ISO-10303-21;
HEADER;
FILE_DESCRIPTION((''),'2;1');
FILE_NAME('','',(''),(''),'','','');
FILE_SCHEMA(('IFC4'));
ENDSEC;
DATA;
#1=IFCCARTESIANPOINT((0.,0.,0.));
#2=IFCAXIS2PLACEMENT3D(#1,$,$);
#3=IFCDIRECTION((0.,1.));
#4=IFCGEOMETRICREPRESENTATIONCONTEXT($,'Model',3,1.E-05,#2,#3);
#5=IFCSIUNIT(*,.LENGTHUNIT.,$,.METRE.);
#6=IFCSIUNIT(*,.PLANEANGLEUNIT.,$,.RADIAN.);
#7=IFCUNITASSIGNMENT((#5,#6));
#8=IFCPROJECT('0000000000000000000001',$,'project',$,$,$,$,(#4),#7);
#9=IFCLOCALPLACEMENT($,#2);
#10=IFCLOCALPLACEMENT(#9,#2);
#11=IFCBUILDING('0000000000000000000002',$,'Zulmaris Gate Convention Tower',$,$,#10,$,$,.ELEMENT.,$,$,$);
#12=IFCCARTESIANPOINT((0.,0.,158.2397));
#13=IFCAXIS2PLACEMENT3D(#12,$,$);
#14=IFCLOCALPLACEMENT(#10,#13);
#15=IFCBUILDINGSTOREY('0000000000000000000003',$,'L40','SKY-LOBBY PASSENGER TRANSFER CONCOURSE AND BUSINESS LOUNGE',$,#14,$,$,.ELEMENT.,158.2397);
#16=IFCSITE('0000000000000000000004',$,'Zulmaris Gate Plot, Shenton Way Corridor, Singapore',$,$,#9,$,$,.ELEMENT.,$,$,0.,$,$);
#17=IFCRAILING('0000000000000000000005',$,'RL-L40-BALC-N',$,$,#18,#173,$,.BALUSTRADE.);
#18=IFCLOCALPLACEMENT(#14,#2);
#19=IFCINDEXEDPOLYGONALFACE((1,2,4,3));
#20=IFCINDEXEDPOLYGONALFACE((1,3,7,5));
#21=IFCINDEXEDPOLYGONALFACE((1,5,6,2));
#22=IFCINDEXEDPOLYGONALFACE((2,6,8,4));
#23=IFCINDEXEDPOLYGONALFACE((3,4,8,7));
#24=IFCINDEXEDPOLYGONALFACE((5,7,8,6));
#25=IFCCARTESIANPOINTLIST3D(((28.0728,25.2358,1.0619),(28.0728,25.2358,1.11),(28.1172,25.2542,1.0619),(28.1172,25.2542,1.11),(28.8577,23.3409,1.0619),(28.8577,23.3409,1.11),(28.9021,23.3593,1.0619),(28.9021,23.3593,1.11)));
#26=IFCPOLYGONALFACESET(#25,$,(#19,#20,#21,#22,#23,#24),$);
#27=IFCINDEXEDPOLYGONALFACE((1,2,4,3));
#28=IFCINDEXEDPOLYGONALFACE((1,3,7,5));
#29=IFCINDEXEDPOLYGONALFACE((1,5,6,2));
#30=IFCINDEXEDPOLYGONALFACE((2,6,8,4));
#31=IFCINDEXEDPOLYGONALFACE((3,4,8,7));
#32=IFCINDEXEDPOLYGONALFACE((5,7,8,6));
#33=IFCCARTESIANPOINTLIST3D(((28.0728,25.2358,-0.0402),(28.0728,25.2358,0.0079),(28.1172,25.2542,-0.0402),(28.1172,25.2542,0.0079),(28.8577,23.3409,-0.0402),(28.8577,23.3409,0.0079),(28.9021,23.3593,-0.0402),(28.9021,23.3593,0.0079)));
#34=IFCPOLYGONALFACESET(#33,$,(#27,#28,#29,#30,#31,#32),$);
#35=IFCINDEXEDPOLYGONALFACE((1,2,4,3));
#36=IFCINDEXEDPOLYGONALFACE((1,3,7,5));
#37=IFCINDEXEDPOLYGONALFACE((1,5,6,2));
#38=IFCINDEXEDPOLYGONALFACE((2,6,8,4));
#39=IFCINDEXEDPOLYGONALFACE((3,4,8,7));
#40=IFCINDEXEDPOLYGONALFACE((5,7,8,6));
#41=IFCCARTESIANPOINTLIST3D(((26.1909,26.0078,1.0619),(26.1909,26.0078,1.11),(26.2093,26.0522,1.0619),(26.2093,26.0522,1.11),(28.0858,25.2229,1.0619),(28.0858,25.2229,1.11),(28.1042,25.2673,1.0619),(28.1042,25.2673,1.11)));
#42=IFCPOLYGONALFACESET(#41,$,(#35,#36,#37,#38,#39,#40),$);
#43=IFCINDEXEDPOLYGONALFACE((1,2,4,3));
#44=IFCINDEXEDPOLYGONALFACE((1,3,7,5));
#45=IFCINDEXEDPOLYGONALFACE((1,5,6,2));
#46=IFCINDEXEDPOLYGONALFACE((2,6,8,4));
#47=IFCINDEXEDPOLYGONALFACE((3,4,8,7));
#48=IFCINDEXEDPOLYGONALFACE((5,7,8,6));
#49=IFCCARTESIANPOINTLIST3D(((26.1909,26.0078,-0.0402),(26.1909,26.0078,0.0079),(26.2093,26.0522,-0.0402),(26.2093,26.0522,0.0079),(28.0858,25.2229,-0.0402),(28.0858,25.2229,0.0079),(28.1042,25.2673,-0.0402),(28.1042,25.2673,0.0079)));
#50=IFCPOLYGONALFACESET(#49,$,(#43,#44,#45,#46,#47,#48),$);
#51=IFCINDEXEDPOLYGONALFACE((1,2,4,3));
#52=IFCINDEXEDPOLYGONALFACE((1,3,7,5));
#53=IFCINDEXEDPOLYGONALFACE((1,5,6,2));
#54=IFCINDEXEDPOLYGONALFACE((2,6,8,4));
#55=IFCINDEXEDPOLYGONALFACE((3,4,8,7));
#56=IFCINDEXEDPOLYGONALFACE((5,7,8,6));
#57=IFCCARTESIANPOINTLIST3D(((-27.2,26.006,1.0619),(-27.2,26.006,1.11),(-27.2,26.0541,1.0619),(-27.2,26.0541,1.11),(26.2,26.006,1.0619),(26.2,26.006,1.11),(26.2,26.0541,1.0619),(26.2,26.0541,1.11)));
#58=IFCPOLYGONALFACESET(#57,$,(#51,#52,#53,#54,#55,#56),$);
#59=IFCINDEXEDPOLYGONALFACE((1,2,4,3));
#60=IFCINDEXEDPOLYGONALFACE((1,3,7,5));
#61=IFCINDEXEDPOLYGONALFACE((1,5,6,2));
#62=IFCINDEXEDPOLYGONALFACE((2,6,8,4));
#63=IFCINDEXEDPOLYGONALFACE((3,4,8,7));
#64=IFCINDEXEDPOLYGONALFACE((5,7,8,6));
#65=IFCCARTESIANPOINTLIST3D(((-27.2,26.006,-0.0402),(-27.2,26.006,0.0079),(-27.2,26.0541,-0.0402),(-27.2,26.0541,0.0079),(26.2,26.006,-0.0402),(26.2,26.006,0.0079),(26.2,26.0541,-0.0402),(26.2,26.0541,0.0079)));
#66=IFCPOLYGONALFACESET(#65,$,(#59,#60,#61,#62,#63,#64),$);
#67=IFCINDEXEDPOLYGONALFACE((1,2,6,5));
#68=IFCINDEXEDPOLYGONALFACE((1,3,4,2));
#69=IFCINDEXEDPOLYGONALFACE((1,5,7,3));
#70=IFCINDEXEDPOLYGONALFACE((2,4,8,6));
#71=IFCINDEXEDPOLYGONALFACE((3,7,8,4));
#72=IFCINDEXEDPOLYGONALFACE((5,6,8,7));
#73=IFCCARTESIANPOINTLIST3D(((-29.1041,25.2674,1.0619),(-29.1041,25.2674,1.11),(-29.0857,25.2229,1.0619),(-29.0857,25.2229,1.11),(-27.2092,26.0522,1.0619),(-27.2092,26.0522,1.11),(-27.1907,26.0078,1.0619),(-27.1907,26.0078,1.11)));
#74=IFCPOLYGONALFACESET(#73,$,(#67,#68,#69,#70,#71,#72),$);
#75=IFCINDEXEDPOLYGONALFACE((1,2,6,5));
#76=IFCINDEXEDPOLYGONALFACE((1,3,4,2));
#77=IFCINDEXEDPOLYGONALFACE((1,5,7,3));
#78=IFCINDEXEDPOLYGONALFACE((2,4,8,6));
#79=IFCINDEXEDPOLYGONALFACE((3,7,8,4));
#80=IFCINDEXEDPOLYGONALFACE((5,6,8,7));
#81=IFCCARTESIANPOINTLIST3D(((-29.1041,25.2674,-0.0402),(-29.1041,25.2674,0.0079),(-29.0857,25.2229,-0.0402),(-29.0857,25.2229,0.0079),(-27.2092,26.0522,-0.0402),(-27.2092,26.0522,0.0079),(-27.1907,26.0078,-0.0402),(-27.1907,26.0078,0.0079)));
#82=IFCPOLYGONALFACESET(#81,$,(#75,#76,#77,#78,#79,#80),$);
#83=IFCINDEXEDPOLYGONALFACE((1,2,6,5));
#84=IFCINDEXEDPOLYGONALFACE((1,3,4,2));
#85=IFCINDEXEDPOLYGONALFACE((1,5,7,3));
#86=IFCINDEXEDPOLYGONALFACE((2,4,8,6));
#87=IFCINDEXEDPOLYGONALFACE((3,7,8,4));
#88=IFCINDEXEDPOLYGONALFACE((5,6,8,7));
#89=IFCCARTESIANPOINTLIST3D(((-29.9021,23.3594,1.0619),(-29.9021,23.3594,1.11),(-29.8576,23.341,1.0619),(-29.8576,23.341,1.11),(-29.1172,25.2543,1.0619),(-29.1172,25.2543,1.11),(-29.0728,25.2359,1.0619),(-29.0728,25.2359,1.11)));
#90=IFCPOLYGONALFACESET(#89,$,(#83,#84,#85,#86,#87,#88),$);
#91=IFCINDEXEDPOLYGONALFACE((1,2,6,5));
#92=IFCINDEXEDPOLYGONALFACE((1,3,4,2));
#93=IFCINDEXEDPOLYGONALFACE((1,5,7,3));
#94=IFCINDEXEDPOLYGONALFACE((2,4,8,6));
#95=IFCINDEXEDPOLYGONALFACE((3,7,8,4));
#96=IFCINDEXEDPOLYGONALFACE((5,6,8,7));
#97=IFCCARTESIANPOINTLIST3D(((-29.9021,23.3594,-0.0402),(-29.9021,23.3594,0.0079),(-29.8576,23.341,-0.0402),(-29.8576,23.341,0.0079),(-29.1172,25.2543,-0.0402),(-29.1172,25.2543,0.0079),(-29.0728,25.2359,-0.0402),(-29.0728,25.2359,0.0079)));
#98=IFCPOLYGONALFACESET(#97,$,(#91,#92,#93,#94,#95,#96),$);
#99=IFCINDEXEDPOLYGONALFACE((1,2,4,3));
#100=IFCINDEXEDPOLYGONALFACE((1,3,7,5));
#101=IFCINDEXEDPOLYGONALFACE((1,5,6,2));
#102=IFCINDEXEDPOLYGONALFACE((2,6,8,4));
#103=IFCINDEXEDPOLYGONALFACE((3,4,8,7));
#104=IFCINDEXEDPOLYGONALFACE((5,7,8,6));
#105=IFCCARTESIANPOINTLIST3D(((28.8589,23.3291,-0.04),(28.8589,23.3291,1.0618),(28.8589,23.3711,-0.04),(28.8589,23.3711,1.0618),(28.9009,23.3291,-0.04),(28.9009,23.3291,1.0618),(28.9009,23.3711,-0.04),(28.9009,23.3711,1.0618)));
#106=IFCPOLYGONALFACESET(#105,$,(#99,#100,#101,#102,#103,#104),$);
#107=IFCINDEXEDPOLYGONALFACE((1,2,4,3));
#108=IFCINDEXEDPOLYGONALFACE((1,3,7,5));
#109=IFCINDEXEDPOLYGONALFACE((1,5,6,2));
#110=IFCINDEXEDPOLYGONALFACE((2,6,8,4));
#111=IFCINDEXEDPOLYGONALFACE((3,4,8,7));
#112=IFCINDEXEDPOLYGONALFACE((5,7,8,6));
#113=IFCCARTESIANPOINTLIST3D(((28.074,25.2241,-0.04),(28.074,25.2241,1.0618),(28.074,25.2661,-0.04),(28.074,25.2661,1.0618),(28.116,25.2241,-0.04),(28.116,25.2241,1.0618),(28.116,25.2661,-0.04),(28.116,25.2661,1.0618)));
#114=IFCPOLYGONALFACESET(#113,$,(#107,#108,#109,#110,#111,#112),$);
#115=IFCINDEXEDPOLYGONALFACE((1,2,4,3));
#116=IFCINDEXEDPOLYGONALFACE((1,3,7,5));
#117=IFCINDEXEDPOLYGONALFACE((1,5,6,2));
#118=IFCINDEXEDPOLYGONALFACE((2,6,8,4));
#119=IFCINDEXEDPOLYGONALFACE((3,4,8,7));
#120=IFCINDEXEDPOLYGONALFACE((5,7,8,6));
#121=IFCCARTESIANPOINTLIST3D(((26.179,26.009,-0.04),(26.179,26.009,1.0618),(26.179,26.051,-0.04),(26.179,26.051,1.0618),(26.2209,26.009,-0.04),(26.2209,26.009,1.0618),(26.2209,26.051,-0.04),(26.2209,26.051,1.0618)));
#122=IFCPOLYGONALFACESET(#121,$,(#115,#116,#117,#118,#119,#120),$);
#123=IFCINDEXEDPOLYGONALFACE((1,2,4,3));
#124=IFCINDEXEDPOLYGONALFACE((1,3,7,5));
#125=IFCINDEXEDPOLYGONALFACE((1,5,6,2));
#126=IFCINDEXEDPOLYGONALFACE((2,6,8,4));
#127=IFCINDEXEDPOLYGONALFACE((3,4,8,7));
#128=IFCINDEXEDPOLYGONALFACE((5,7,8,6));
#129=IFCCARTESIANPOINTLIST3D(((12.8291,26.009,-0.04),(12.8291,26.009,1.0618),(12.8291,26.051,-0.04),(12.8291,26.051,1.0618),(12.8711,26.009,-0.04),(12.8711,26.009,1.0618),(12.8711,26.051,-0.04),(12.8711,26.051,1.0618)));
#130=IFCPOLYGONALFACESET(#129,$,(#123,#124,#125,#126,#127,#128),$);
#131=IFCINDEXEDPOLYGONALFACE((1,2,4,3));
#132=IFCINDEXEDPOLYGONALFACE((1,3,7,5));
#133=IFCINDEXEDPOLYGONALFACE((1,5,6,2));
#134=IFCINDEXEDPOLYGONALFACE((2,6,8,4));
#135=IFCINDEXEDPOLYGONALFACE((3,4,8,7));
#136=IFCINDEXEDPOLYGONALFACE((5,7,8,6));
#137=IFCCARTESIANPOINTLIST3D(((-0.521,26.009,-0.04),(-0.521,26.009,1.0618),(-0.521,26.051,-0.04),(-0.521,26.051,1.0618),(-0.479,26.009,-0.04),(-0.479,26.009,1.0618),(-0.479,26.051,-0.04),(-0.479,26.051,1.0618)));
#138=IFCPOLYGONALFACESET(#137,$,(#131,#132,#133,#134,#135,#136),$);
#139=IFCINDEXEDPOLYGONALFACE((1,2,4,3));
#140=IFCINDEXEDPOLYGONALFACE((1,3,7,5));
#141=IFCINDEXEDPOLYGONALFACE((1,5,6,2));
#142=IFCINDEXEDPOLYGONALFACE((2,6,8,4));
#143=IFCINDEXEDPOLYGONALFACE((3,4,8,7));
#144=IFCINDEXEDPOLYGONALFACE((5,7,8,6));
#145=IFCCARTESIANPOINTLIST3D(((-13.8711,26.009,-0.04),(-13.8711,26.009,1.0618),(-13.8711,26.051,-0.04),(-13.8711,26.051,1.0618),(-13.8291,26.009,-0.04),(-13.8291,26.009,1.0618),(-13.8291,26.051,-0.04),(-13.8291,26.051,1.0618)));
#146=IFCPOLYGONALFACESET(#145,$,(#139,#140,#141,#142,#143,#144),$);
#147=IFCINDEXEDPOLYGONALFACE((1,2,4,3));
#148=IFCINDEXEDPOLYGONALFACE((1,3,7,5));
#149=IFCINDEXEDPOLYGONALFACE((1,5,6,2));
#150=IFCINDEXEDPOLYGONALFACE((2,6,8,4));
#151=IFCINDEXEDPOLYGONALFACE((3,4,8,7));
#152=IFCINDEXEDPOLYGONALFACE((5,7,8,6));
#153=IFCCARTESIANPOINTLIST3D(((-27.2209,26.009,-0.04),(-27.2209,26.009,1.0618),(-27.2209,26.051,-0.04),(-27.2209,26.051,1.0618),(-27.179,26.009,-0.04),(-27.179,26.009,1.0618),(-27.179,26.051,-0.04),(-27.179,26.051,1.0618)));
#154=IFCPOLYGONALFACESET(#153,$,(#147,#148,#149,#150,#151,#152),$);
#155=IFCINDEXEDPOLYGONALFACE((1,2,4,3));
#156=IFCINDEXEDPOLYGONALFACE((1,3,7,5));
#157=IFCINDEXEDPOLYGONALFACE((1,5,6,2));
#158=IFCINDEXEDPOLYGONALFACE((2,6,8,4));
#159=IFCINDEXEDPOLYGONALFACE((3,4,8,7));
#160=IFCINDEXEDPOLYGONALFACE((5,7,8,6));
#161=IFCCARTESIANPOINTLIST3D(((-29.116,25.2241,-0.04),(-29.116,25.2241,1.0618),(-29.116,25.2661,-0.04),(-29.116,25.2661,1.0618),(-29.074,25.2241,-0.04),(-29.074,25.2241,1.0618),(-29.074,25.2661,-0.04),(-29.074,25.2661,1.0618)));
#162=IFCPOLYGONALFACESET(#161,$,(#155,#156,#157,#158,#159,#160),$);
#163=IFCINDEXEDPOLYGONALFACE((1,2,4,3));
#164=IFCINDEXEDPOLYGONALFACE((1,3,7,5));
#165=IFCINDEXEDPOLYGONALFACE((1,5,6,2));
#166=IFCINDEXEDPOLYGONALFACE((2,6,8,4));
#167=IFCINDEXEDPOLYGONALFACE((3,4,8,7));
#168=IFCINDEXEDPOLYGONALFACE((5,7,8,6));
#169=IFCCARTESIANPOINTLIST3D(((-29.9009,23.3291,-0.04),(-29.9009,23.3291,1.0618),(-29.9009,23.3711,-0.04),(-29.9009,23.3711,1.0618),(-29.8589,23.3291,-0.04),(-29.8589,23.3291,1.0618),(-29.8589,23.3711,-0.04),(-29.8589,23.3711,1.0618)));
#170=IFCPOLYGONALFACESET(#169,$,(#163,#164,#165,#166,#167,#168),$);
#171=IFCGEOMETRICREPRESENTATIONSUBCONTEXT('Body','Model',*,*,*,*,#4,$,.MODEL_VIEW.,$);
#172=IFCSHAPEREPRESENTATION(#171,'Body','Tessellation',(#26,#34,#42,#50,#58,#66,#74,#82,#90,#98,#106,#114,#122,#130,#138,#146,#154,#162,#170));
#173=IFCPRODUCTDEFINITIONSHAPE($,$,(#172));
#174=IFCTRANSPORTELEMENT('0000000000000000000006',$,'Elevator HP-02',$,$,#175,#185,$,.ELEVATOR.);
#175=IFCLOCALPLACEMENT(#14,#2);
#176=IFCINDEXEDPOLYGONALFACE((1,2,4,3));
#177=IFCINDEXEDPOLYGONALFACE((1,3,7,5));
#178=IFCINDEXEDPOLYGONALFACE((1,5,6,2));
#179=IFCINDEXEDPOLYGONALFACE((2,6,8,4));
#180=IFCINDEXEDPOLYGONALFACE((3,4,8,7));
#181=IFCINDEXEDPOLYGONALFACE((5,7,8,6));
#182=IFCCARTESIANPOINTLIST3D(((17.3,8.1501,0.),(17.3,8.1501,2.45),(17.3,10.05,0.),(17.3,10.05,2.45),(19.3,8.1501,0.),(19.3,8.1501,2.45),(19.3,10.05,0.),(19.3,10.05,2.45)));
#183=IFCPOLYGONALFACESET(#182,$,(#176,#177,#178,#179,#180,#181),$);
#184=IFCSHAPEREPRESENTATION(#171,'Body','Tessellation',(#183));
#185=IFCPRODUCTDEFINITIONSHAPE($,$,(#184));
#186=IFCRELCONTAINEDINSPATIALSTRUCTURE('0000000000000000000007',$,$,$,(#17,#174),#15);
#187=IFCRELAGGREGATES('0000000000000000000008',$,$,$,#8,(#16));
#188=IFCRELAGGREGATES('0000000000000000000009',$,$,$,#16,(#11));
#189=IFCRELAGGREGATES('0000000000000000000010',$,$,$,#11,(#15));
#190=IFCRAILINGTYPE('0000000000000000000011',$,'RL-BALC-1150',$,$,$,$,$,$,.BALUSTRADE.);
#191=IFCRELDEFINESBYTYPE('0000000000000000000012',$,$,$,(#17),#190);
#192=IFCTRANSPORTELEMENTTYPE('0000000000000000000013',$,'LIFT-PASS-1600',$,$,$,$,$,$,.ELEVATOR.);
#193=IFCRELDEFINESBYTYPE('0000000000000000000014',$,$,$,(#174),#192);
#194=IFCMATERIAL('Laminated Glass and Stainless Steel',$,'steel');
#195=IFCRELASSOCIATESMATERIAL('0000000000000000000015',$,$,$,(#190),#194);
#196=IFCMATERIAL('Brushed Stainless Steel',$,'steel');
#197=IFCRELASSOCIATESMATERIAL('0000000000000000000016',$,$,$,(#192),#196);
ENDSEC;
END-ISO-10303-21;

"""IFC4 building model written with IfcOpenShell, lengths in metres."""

from ifc_helpers import new_model, si_unit, direction, frame, origin, origin_2d, place, context, subcontext, project, spatial, rectangle, extrude, material, type_object, element, save


model = new_model("IFC4")

# Units and contexts
model_context = context("Model", 3, precision=1e-05, world=origin(), true_north=direction((0.0, 1.0)))
body_context = subcontext(model_context, "Body", "Model", "MODEL_VIEW")
ifc_project = project(units=[si_unit("LENGTHUNIT", "METRE"), si_unit("PLANEANGLEUNIT", "RADIAN")], contexts=[model_context])

# Site, building, storey
site_placement = place(None, origin())
site = spatial("IfcSite", under=ifc_project, at=site_placement, Name="Zulmaris Gate Plot, Shenton Way Corridor, Singapore", CompositionType="ELEMENT", RefElevation=0.0)
building_placement = place(site_placement, origin())
building = spatial("IfcBuilding", under=site, at=building_placement, Name="Zulmaris Gate Convention Tower", CompositionType="ELEMENT")
storey_placement = place(building_placement, frame((0.0, 0.0, 158.2397)))
storey = spatial("IfcBuildingStorey", under=building, at=storey_placement, Name="L40", Description="SKY-LOBBY PASSENGER TRANSFER CONCOURSE AND BUSINESS LOUNGE", CompositionType="ELEMENT", Elevation=158.2397)

# Railing
ifc_material_1 = material(Name="Laminated Glass and Stainless Steel", Category="steel")
railing_type = type_object("IfcRailingType", Name="RL-BALC-1150", PredefinedType="BALUSTRADE", material=ifc_material_1)
railing_placement = place(storey_placement, frame((28.8799, 23.3501, -0.04)))
element("IfcRailing", 1, at=railing_placement, inside=storey, type_object=railing_type, Name="RL-L40-BALC-N", PredefinedType="BALUSTRADE", context=body_context, shape_type="SweptSolid", body=[
    extrude(rectangle(XDim=0.0481, YDim=0.0481, at=origin_2d()), frame((0.0, 0.0, 1.126), z_axis=(-0.382671, 0.923885, 0.0), x_axis=(-0.923885, -0.382671, 0.0)), (0.0, 0.0, 1.0), 2.051),
    extrude(rectangle(XDim=0.0481, YDim=0.0481, at=origin_2d()), frame((0.0, 0.0, 0.0239), z_axis=(-0.382671, 0.923885, 0.0), x_axis=(-0.923885, -0.382671, 0.0)), (0.0, 0.0, 1.0), 2.051),
    extrude(rectangle(XDim=0.0481, YDim=0.0481, at=origin_2d()), frame((-0.7849, 1.895, 1.126), z_axis=(-0.923885, 0.382671, 0.0), x_axis=(-0.382671, -0.923885, 0.0)), (0.0, 0.0, 1.0), 2.051),
    extrude(rectangle(XDim=0.0481, YDim=0.0481, at=origin_2d()), frame((-0.7849, 1.895, 0.0239), z_axis=(-0.923885, 0.382671, 0.0), x_axis=(-0.382671, -0.923885, 0.0)), (0.0, 0.0, 1.0), 2.051),
    extrude(rectangle(XDim=0.0481, YDim=0.0481, at=origin_2d()), frame((-2.6799, 2.6799, 1.126), z_axis=(-1.0, 0.0, 0.0), x_axis=(0.0, -1.0, 0.0)), (0.0, 0.0, 1.0), 53.3999),
    extrude(rectangle(XDim=0.0481, YDim=0.0481, at=origin_2d()), frame((-2.6799, 2.6799, 0.0239), z_axis=(-1.0, 0.0, 0.0), x_axis=(0.0, -1.0, 0.0)), (0.0, 0.0, 1.0), 53.3999),
    extrude(rectangle(XDim=0.0481, YDim=0.0481, at=origin_2d()), frame((-56.0798, 2.6799, 1.126), z_axis=(-0.923885, -0.382671, 0.0), x_axis=(0.382671, -0.923885, 0.0)), (0.0, 0.0, 1.0), 2.051),
    extrude(rectangle(XDim=0.0481, YDim=0.0481, at=origin_2d()), frame((-56.0798, 2.6799, 0.0239), z_axis=(-0.923885, -0.382671, 0.0), x_axis=(0.382671, -0.923885, 0.0)), (0.0, 0.0, 1.0), 2.051),
    extrude(rectangle(XDim=0.0481, YDim=0.0481, at=origin_2d()), frame((-57.9749, 1.895, 1.126), z_axis=(-0.382671, -0.923885, 0.0), x_axis=(0.923885, -0.382671, 0.0)), (0.0, 0.0, 1.0), 2.051),
    extrude(rectangle(XDim=0.0481, YDim=0.0481, at=origin_2d()), frame((-57.9749, 1.895, 0.0239), z_axis=(-0.382671, -0.923885, 0.0), x_axis=(0.923885, -0.382671, 0.0)), (0.0, 0.0, 1.0), 2.051),
    extrude(rectangle(XDim=0.042, YDim=0.042, at=origin_2d()), origin(), (0.0, 0.0, 1.0), 1.1018),
    extrude(rectangle(XDim=0.042, YDim=0.042, at=origin_2d()), frame((-0.7849, 1.895, 0.0)), (0.0, 0.0, 1.0), 1.1018),
    extrude(rectangle(XDim=0.042, YDim=0.042, at=origin_2d()), frame((-2.6799, 2.6799, 0.0)), (0.0, 0.0, 1.0), 1.1018),
    extrude(rectangle(XDim=0.042, YDim=0.042, at=origin_2d()), frame((-16.0298, 2.6799, 0.0)), (0.0, 0.0, 1.0), 1.1018),
    extrude(rectangle(XDim=0.042, YDim=0.042, at=origin_2d()), frame((-29.3799, 2.6799, 0.0)), (0.0, 0.0, 1.0), 1.1018),
    extrude(rectangle(XDim=0.042, YDim=0.042, at=origin_2d()), frame((-42.73, 2.6799, 0.0)), (0.0, 0.0, 1.0), 1.1018),
    extrude(rectangle(XDim=0.042, YDim=0.042, at=origin_2d()), frame((-56.0798, 2.6799, 0.0)), (0.0, 0.0, 1.0), 1.1018),
    extrude(rectangle(XDim=0.042, YDim=0.042, at=origin_2d()), frame((-57.9749, 1.895, 0.0)), (0.0, 0.0, 1.0), 1.1018),
    extrude(rectangle(XDim=0.042, YDim=0.042, at=origin_2d()), frame((-58.7598, 0.0, 0.0)), (0.0, 0.0, 1.0), 1.1018),
])

# Transport element
ifc_material_2 = material(Name="Brushed Stainless Steel", Category="steel")
transport_element_type = type_object("IfcTransportElementType", Name="LIFT-PASS-1600", PredefinedType="ELEVATOR", material=ifc_material_2)
transport_element_placement = place(storey_placement, frame((18.3, 9.1001, 0.0), z_axis=(0.0, 0.0, 1.0), x_axis=(1.0, 0.0, 0.0)))
element("IfcTransportElement", 2, at=transport_element_placement, inside=storey, type_object=transport_element_type, Name="Elevator HP-02", PredefinedType="ELEVATOR", context=body_context, shape_type="SweptSolid", body=[
    extrude(rectangle(XDim=2.0, YDim=1.8999, at=origin_2d()), origin(), (0.0, 0.0, 1.0), 2.45),
])

save(model, "model.ifc")
